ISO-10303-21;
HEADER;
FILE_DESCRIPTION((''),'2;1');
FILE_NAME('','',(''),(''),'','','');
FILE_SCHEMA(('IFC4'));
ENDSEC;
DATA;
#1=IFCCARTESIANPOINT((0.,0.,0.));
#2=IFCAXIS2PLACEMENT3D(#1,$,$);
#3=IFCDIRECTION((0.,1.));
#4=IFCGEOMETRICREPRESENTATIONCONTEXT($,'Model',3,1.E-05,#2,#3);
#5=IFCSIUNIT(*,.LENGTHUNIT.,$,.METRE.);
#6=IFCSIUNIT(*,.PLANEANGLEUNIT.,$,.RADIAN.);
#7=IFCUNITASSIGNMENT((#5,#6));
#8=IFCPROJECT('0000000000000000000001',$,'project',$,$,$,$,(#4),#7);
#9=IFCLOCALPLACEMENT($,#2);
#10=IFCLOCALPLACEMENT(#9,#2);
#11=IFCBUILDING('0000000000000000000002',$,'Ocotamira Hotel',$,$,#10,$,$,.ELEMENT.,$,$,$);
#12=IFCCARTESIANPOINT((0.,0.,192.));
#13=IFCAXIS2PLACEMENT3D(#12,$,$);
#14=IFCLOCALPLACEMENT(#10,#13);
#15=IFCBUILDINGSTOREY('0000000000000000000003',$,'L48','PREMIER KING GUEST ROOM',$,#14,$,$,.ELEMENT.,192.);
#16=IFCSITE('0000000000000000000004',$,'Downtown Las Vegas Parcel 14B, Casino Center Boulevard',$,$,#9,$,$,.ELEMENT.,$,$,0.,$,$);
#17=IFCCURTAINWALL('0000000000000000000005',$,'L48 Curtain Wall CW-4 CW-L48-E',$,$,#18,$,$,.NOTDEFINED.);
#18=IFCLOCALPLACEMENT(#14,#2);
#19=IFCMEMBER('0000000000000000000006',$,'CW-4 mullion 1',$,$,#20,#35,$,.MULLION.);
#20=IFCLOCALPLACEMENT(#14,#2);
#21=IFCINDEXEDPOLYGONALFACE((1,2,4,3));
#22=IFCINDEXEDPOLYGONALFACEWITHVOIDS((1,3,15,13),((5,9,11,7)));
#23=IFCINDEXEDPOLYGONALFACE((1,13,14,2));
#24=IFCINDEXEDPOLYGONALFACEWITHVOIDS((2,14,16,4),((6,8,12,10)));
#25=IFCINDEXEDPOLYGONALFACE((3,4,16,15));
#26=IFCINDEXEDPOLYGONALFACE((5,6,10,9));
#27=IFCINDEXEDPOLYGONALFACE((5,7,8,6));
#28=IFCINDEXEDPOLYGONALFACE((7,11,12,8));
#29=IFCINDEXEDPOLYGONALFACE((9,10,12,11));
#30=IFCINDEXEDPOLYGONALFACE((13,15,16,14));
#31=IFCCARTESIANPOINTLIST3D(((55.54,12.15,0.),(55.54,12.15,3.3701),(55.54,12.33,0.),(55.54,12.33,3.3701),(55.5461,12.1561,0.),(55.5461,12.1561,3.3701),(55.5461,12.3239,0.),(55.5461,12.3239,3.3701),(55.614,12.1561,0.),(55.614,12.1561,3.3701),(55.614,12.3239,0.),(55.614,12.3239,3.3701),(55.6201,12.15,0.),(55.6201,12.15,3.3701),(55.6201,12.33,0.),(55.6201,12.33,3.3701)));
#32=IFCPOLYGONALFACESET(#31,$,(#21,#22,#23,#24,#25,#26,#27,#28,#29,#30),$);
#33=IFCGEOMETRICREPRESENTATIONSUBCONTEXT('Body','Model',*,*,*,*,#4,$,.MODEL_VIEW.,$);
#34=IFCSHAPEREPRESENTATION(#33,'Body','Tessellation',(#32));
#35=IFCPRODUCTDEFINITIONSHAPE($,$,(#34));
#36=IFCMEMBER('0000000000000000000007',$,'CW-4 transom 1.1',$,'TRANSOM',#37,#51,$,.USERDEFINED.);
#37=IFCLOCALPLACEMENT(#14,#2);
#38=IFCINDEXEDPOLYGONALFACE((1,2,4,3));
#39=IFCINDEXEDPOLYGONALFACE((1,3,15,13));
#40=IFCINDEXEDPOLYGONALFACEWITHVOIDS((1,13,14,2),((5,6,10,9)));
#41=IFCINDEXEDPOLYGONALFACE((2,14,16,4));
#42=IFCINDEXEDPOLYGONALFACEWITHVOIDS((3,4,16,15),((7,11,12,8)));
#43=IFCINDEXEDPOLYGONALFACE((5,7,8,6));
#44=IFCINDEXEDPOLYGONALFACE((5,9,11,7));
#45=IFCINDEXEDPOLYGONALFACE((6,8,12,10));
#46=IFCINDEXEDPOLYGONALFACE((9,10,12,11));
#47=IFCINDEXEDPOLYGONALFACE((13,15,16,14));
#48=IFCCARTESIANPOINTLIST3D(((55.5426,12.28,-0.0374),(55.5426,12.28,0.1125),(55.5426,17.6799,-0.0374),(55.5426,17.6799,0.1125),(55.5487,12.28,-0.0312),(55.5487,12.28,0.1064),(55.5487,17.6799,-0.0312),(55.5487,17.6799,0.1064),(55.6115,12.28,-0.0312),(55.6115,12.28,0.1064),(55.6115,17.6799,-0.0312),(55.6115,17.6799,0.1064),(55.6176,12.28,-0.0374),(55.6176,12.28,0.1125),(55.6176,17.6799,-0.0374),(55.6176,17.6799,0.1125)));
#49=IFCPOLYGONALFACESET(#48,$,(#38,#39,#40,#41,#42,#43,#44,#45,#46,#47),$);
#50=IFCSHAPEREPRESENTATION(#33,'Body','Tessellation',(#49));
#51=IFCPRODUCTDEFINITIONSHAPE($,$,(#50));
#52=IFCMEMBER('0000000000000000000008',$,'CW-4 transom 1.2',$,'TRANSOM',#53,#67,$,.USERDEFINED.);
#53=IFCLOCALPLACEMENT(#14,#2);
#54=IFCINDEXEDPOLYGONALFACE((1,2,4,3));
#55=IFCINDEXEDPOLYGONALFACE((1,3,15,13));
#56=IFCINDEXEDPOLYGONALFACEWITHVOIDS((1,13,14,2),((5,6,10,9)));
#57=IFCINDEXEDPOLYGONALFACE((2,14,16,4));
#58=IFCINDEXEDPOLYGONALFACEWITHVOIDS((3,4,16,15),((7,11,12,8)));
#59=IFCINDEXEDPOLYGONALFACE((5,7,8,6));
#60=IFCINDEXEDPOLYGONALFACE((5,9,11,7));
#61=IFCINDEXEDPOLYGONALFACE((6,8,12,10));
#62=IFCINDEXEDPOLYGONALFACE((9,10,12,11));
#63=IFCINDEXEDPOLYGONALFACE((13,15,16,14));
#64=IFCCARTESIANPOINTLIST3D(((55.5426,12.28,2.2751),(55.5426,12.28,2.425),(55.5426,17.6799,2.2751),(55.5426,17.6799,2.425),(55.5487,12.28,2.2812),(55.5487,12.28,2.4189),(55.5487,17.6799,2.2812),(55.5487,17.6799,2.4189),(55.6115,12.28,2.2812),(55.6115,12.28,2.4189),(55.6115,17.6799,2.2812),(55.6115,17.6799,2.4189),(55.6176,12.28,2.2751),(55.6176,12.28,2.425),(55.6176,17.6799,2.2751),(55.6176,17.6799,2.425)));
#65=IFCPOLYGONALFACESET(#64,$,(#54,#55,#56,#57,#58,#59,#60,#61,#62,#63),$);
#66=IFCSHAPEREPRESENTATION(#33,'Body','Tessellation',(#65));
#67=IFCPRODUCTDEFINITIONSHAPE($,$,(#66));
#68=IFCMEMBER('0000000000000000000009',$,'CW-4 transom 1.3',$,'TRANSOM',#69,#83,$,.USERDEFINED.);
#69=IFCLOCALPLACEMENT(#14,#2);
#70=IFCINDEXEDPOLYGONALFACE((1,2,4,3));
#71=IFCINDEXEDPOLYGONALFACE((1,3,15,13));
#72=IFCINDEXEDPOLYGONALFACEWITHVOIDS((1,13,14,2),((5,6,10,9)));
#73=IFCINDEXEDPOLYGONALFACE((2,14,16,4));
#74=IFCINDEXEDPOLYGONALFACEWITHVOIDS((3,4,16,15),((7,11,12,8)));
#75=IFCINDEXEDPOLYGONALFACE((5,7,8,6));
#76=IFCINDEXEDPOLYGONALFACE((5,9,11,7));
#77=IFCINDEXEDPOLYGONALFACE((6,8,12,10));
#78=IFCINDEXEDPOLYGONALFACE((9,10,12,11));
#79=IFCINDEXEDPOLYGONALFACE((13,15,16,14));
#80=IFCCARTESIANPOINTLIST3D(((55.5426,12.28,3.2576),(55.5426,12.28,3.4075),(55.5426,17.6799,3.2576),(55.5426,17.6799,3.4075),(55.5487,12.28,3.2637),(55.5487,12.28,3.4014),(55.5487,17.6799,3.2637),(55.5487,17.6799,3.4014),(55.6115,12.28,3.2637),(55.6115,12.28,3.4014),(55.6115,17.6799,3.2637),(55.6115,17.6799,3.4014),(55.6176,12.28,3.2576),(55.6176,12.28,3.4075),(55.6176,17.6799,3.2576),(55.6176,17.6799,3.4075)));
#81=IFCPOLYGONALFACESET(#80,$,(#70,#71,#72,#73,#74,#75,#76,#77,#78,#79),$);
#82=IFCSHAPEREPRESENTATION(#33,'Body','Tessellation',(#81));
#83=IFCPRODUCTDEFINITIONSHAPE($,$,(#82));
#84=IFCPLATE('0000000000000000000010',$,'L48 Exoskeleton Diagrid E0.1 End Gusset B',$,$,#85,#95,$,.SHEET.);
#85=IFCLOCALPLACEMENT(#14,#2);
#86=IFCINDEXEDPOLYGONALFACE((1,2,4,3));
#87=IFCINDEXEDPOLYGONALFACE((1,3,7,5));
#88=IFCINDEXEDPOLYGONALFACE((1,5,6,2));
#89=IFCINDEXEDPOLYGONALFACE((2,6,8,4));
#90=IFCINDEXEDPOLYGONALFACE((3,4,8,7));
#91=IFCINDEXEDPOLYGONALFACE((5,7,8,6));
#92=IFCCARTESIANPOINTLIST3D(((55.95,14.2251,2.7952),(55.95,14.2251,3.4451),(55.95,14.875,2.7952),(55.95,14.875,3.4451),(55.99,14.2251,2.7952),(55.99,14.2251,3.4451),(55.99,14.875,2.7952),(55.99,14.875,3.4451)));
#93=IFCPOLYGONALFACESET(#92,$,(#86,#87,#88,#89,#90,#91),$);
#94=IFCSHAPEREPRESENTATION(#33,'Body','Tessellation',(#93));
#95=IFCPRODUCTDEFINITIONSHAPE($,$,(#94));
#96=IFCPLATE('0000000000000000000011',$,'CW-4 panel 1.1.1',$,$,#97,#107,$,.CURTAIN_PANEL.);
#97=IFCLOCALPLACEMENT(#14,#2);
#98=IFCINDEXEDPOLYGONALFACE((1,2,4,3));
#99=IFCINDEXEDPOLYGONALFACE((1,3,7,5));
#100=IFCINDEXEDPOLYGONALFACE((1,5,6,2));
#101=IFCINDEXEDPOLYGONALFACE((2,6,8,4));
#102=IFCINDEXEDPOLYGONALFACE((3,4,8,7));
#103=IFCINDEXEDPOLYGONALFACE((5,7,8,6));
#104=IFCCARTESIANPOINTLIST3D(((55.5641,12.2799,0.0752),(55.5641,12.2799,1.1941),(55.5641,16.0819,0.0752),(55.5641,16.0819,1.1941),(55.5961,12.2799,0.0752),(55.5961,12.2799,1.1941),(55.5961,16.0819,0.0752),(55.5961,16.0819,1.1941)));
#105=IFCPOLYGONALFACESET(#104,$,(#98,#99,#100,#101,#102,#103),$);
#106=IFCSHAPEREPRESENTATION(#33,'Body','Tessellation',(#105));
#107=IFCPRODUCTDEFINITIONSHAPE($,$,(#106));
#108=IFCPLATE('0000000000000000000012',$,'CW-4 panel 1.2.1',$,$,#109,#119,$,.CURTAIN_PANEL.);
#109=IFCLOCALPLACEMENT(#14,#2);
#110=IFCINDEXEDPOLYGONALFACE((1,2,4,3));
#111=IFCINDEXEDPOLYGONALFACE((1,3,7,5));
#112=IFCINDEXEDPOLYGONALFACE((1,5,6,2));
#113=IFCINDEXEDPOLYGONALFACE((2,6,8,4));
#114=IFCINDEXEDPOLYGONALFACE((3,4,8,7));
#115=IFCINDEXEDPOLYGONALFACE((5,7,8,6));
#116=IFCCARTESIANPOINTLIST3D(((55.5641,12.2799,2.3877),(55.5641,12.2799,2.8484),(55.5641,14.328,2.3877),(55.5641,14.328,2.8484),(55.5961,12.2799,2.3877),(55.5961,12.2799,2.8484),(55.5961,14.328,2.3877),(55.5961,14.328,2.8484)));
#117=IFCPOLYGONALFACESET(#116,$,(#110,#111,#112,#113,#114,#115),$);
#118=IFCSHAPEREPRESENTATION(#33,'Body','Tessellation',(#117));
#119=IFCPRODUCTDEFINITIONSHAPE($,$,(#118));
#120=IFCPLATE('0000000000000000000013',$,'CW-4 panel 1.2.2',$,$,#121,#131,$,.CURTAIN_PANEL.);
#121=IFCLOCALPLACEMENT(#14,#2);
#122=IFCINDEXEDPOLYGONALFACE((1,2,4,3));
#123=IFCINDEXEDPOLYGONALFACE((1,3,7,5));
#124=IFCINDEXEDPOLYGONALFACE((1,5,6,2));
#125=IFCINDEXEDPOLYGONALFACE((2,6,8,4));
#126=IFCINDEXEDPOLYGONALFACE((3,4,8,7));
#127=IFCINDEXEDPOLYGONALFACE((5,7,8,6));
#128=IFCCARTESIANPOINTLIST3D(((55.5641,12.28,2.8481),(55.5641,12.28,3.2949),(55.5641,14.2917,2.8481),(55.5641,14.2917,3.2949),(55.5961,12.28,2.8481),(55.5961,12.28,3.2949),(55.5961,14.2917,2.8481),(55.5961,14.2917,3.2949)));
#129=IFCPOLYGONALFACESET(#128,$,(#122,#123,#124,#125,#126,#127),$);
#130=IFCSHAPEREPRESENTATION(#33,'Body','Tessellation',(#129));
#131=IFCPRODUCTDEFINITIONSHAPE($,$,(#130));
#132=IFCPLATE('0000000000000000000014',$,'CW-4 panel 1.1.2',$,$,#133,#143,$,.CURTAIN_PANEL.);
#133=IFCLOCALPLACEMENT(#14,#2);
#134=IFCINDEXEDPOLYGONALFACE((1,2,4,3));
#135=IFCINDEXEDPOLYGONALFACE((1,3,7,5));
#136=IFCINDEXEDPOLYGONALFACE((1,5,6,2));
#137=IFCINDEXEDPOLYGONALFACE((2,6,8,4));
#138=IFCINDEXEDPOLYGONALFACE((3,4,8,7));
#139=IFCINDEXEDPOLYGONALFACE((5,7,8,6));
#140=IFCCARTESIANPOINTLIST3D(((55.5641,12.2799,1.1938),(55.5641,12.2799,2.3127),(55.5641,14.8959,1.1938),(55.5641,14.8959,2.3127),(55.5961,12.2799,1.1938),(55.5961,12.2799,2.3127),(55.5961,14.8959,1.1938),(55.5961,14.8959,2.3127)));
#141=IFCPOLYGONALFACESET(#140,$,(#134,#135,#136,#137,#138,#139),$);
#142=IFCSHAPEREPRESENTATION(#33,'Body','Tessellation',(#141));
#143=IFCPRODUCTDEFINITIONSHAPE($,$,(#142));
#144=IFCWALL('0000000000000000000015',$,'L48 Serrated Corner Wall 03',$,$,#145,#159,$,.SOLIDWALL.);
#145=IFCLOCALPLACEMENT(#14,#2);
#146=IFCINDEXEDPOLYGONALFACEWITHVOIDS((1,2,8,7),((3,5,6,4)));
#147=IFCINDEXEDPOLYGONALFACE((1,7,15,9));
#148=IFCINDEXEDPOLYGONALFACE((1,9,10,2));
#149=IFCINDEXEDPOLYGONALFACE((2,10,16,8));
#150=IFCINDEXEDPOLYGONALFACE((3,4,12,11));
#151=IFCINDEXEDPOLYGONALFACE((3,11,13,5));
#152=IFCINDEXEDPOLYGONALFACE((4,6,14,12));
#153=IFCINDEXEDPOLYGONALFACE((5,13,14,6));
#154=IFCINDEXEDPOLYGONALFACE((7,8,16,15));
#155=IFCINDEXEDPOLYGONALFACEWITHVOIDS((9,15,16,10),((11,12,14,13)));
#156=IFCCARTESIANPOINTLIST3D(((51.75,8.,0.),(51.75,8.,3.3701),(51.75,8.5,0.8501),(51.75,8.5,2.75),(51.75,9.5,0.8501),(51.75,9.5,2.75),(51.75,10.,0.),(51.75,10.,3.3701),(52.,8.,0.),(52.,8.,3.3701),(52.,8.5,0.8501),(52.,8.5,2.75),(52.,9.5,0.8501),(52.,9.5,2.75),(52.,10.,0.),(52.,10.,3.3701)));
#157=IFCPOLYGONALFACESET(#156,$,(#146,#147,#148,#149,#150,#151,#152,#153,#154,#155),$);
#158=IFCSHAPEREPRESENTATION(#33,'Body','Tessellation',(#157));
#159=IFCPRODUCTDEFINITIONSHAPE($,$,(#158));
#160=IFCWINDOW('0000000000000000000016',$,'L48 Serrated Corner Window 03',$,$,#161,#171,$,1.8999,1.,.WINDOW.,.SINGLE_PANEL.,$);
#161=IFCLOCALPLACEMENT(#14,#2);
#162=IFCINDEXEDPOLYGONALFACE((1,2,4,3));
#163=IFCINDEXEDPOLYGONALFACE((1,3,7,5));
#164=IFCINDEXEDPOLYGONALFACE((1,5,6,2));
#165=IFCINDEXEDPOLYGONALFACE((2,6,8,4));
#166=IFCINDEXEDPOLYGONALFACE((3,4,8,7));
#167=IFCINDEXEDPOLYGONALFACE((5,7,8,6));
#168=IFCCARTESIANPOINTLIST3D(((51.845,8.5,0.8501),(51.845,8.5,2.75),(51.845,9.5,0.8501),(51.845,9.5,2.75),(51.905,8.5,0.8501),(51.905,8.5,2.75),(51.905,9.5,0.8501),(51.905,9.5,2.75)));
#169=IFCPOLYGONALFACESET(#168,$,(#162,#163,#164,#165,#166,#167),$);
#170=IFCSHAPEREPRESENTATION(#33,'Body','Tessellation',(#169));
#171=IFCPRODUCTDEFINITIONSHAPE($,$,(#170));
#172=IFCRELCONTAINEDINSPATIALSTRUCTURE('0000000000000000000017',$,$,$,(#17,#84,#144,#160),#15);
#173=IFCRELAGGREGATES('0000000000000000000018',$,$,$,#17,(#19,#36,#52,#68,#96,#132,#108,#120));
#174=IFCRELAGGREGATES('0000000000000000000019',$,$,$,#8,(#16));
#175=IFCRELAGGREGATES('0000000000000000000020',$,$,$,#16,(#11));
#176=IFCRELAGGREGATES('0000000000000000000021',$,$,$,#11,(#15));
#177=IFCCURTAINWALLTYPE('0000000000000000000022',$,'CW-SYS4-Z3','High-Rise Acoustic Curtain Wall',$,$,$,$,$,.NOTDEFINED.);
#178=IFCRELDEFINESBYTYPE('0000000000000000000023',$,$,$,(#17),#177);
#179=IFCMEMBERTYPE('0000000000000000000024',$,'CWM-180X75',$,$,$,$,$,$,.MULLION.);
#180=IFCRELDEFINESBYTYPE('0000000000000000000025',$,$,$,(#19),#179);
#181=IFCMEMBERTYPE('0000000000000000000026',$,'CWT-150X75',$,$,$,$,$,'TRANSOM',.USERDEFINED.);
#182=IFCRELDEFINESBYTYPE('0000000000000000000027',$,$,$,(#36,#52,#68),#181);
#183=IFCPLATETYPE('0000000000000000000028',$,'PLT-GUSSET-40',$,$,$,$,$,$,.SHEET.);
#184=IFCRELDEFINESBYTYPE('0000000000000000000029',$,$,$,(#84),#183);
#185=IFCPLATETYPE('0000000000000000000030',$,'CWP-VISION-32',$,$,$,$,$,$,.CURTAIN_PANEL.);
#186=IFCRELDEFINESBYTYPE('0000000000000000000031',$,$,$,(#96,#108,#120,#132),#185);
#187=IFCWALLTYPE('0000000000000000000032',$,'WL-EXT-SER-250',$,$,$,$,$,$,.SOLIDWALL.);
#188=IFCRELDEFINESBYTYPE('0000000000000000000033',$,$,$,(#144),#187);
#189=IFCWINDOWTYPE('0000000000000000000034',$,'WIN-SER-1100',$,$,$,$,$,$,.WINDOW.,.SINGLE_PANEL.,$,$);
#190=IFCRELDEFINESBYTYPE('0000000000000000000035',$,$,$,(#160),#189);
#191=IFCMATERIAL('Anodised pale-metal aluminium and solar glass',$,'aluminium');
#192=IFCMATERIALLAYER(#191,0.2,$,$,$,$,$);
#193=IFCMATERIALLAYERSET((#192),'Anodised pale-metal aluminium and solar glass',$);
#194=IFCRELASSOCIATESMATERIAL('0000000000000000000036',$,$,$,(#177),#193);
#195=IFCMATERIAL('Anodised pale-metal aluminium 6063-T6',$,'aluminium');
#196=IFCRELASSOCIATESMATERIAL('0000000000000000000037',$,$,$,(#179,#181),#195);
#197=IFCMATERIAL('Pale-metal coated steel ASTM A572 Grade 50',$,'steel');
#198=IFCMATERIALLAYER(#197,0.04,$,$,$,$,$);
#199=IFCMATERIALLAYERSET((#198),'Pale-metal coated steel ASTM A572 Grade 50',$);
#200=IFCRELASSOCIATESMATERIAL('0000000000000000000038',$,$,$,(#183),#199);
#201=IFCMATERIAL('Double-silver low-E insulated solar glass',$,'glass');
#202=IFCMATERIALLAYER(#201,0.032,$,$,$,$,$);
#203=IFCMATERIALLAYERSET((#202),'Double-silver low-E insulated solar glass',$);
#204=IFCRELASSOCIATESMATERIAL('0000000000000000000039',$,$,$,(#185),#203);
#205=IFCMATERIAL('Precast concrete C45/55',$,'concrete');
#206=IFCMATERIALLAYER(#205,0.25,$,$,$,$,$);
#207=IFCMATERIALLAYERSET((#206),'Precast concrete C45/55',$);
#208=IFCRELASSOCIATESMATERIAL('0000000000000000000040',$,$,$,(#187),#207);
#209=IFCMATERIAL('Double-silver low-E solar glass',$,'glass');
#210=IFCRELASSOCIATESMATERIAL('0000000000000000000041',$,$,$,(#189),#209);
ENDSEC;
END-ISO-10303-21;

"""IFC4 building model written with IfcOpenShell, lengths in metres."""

from ifc_helpers import new_model, si_unit, direction, frame, frame_2d, origin, origin_2d, place, context, subcontext, project, spatial, rectangle, hollow_rectangle, extrude, source, transform, mapped, material, layer, layer_set, material_profile, profile_set, type_object, element, fill, aggregate, save


model = new_model("IFC4")

# Units and contexts
model_context = context("Model", 3, precision=1e-05, world=origin(), true_north=direction((0.0, 1.0)))
body_context = subcontext(model_context, "Body", "Model", "MODEL_VIEW")
ifc_project = project(units=[si_unit("LENGTHUNIT", "METRE"), si_unit("PLANEANGLEUNIT", "RADIAN")], contexts=[model_context])

# Site, building, storey
site_placement = place(None, origin())
site = spatial("IfcSite", under=ifc_project, at=site_placement, Name="Downtown Las Vegas Parcel 14B, Casino Center Boulevard", CompositionType="ELEMENT", RefElevation=0.0)
building_placement = place(site_placement, origin())
building = spatial("IfcBuilding", under=site, at=building_placement, Name="Ocotamira Hotel", CompositionType="ELEMENT")
storey_placement = place(building_placement, frame((0.0, 0.0, 192.0)))
storey = spatial("IfcBuildingStorey", under=building, at=storey_placement, Name="L48", Description="PREMIER KING GUEST ROOM", CompositionType="ELEMENT", Elevation=192.0)

# Curtain wall, members
ifc_material_1 = material(Name="Anodised pale-metal aluminium and solar glass", Category="aluminium")
ifc_layer_1 = layer(ifc_material_1, 0.2)
ifc_layer_set_1 = layer_set([ifc_layer_1], Name="Anodised pale-metal aluminium and solar glass")
curtain_wall_type = type_object("IfcCurtainWallType", Name="CW-SYS4-Z3", Description="High-Rise Acoustic Curtain Wall", PredefinedType="NOTDEFINED", material=ifc_layer_set_1)
curtain_wall_placement = place(storey_placement, origin())
curtain_wall = element("IfcCurtainWall", 1, at=curtain_wall_placement, inside=storey, type_object=curtain_wall_type, Name="L48 Curtain Wall CW-4 CW-L48-E", PredefinedType="NOTDEFINED")
ifc_material_2 = material(Name="Anodised pale-metal aluminium 6063-T6", Category="aluminium")
ifc_material_profile_1 = material_profile(ifc_material_2, hollow_rectangle(XDim=0.0801, YDim=0.1799, WallThickness=0.0061, at=origin_2d()), Name="HSS180X80X6")
ifc_profile_set_1 = profile_set([ifc_material_profile_1], Name="Anodised pale-metal aluminium 6063-T6")
member_type_1 = type_object("IfcMemberType", Name="CWM-180X75", PredefinedType="MULLION", material=ifc_profile_set_1)
shared_shape_1 = source(origin(), body_context, "Body", "SweptSolid", [
    extrude(hollow_rectangle(XDim=0.0801, YDim=0.1799, WallThickness=0.0061, at=origin_2d()), origin(), (0.0, 0.0, 1.0), 3.3701),
])
member_1_placement = place(storey_placement, frame((55.5801, 12.24, 0.0), z_axis=(0.0, 0.0, 1.0), x_axis=(-1.0, 0.0, 0.0)))
member_1 = element("IfcMember", 2, at=member_1_placement, type_object=member_type_1, Name="CW-4 mullion 1", PredefinedType="MULLION", context=body_context, shape_type="MappedRepresentation", body=[
    mapped(shared_shape_1, transform((0.0, 0.0, 0.0), scale=1.0)),
])
ifc_material_profile_2 = material_profile(ifc_material_2, hollow_rectangle(XDim=0.075, YDim=0.1499, WallThickness=0.0061, at=origin_2d()), Name="HSS150X75X6")
ifc_profile_set_2 = profile_set([ifc_material_profile_2], Name="Anodised pale-metal aluminium 6063-T6")
member_type_2 = type_object("IfcMemberType", Name="CWT-150X75", ElementType="TRANSOM", PredefinedType="USERDEFINED", material=ifc_profile_set_2)
shared_shape_2 = source(origin(), body_context, "Body", "SweptSolid", [
    extrude(hollow_rectangle(XDim=0.075, YDim=0.1499, WallThickness=0.0061, at=origin_2d()), origin(), (0.0, 0.0, 1.0), 5.3999),
])
member_2_placement = place(storey_placement, frame((55.5801, 12.28, 0.0376), z_axis=(0.0, 1.0, 0.0), x_axis=(-1.0, 0.0, 0.0)))
member_2 = element("IfcMember", 3, at=member_2_placement, type_object=member_type_2, Name="CW-4 transom 1.1", ObjectType="TRANSOM", PredefinedType="USERDEFINED", context=body_context, shape_type="MappedRepresentation", body=[
    mapped(shared_shape_2, transform((0.0, 0.0, 0.0), scale=1.0)),
])
member_3_placement = place(storey_placement, frame((55.5801, 12.28, 2.3501), z_axis=(0.0, 1.0, 0.0), x_axis=(-1.0, 0.0, 0.0)))
member_3 = element("IfcMember", 4, at=member_3_placement, type_object=member_type_2, Name="CW-4 transom 1.2", ObjectType="TRANSOM", PredefinedType="USERDEFINED", context=body_context, shape_type="MappedRepresentation", body=[
    mapped(shared_shape_2, transform((0.0, 0.0, 0.0), scale=1.0)),
])
member_4_placement = place(storey_placement, frame((55.5801, 12.28, 3.3325), z_axis=(0.0, 1.0, 0.0), x_axis=(-1.0, 0.0, 0.0)))
member_4 = element("IfcMember", 5, at=member_4_placement, type_object=member_type_2, Name="CW-4 transom 1.3", ObjectType="TRANSOM", PredefinedType="USERDEFINED", context=body_context, shape_type="MappedRepresentation", body=[
    mapped(shared_shape_2, transform((0.0, 0.0, 0.0), scale=1.0)),
])

# Plates
ifc_material_3 = material(Name="Pale-metal coated steel ASTM A572 Grade 50", Category="steel")
ifc_layer_2 = layer(ifc_material_3, 0.04)
ifc_layer_set_2 = layer_set([ifc_layer_2], Name="Pale-metal coated steel ASTM A572 Grade 50")
plate_type_1 = type_object("IfcPlateType", Name="PLT-GUSSET-40", PredefinedType="SHEET", material=ifc_layer_set_2)
shared_shape_3 = source(origin(), body_context, "Body", "SweptSolid", [
    extrude(rectangle(XDim=0.04, YDim=0.6499, at=origin_2d()), origin(), (0.0, 0.0, 1.0), 0.6499),
])
plate_1_placement = place(storey_placement, frame((55.97, 14.55, 2.7952), z_axis=(0.0, 0.0, 1.0), x_axis=(1.0, 0.0, 0.0)))
element("IfcPlate", 6, at=plate_1_placement, inside=storey, type_object=plate_type_1, Name="L48 Exoskeleton Diagrid E0.1 End Gusset B", PredefinedType="SHEET", context=body_context, shape_type="MappedRepresentation", body=[
    mapped(shared_shape_3, transform((0.0, 0.0, 0.0), scale=1.0)),
])
ifc_material_4 = material(Name="Double-silver low-E insulated solar glass", Category="glass")
ifc_layer_3 = layer(ifc_material_4, 0.032)
ifc_layer_set_3 = layer_set([ifc_layer_3], Name="Double-silver low-E insulated solar glass")
plate_type_2 = type_object("IfcPlateType", Name="CWP-VISION-32", PredefinedType="CURTAIN_PANEL", material=ifc_layer_set_3)
shared_shape_4 = source(origin(), body_context, "Body", "SweptSolid", [
    extrude(rectangle(XDim=3.802, YDim=0.032, at=origin_2d()), origin(), (0.0, 0.0, 1.0), 1.1189),
])
plate_2_placement = place(storey_placement, frame((55.5801, 14.1809, 0.0752), z_axis=(0.0, 0.0, 1.0), x_axis=(0.0, 1.0, 0.0)))
plate_2 = element("IfcPlate", 7, at=plate_2_placement, type_object=plate_type_2, Name="CW-4 panel 1.1.1", PredefinedType="CURTAIN_PANEL", context=body_context, shape_type="MappedRepresentation", body=[
    mapped(shared_shape_4, transform((0.0, 0.0, 0.0), scale=1.0)),
])
shared_shape_5 = source(origin(), body_context, "Body", "SweptSolid", [
    extrude(rectangle(XDim=2.0481, YDim=0.032, at=origin_2d()), origin(), (0.0, 0.0, 1.0), 0.4607),
])
plate_3_placement = place(storey_placement, frame((55.5801, 13.304, 2.3877), z_axis=(0.0, 0.0, 1.0), x_axis=(0.0, 1.0, 0.0)))
plate_3 = element("IfcPlate", 8, at=plate_3_placement, type_object=plate_type_2, Name="CW-4 panel 1.2.1", PredefinedType="CURTAIN_PANEL", context=body_context, shape_type="MappedRepresentation", body=[
    mapped(shared_shape_5, transform((0.0, 0.0, 0.0), scale=1.0)),
])
shared_shape_6 = source(origin(), body_context, "Body", "SweptSolid", [
    extrude(rectangle(XDim=2.0117, YDim=0.032, at=origin_2d()), origin(), (0.0, 0.0, 1.0), 0.4468),
])
plate_4_placement = place(storey_placement, frame((55.5801, 13.2859, 2.8481), z_axis=(0.0, 0.0, 1.0), x_axis=(0.0, 1.0, 0.0)))
plate_4 = element("IfcPlate", 9, at=plate_4_placement, type_object=plate_type_2, Name="CW-4 panel 1.2.2", PredefinedType="CURTAIN_PANEL", context=body_context, shape_type="MappedRepresentation", body=[
    mapped(shared_shape_6, transform((0.0, 0.0, 0.0), scale=1.0)),
])
shared_shape_7 = source(origin(), body_context, "Body", "SweptSolid", [
    extrude(rectangle(XDim=2.616, YDim=0.032, at=origin_2d()), origin(), (0.0, 0.0, 1.0), 1.1189),
])
plate_5_placement = place(storey_placement, frame((55.5801, 13.5879, 1.1938), z_axis=(0.0, 0.0, 1.0), x_axis=(0.0, 1.0, 0.0)))
plate_5 = element("IfcPlate", 10, at=plate_5_placement, type_object=plate_type_2, Name="CW-4 panel 1.1.2", PredefinedType="CURTAIN_PANEL", context=body_context, shape_type="MappedRepresentation", body=[
    mapped(shared_shape_7, transform((0.0, 0.0, 0.0), scale=1.0)),
])
aggregate(curtain_wall, [member_1, member_2, member_3, member_4, plate_2, plate_5, plate_3, plate_4])

# Wall, opening, window
ifc_material_5 = material(Name="Precast concrete C45/55", Category="concrete")
ifc_layer_4 = layer(ifc_material_5, 0.25)
ifc_layer_set_4 = layer_set([ifc_layer_4], Name="Precast concrete C45/55")
wall_type = type_object("IfcWallType", Name="WL-EXT-SER-250", PredefinedType="SOLIDWALL", material=ifc_layer_set_4)
wall_1_placement = place(storey_placement, frame((51.875, 8.0, 0.0), z_axis=(0.0, 0.0, 1.0), x_axis=(0.0, 1.0, 0.0)))
wall_1 = element("IfcWall", 11, at=wall_1_placement, inside=storey, type_object=wall_type, Name="L48 Serrated Corner Wall 03", PredefinedType="SOLIDWALL", context=body_context, shape_type="SweptSolid", body=[
    extrude(rectangle(XDim=2.0, YDim=0.25, at=frame_2d((1.0, 0.0))), origin(), (0.0, 0.0, 1.0), 3.3701),
])
opening_placement = place(wall_1_placement, frame((0.5, 0.0, 0.8501)))
opening = element("IfcOpeningElement", 12, at=opening_placement, cuts=wall_1, PredefinedType="OPENING", context=body_context, shape_type="SweptSolid", body=[
    extrude(rectangle(XDim=1.0, YDim=1.8999, at=frame_2d((0.5, 0.95))), frame((0.0, 0.135, 0.0), z_axis=(0.0, -1.0, 0.0), x_axis=(1.0, 0.0, 0.0)), (0.0, 0.0, 1.0), 0.27),
])
ifc_material_6 = material(Name="Double-silver low-E solar glass", Category="glass")
window_type = type_object("IfcWindowType", Name="WIN-SER-1100", PartitioningType="SINGLE_PANEL", PredefinedType="WINDOW", material=ifc_material_6)
shared_shape_8 = source(origin(), body_context, "Body", "SweptSolid", [
    extrude(rectangle(XDim=1.0, YDim=1.8999, at=frame_2d((0.5, 0.95))), frame((0.0, 0.03, 0.0), z_axis=(0.0, -1.0, 0.0), x_axis=(1.0, 0.0, 0.0)), (0.0, 0.0, 1.0), 0.0601),
])
window_placement = place(opening_placement, origin())
window = element("IfcWindow", 13, at=window_placement, inside=storey, type_object=window_type, Name="L48 Serrated Corner Window 03", OverallHeight=1.8999, OverallWidth=1.0, PartitioningType="SINGLE_PANEL", PredefinedType="WINDOW", context=body_context, shape_type="MappedRepresentation", body=[
    mapped(shared_shape_8, transform((0.0, 0.0, 0.0), scale=1.0)),
])
fill(opening, window)

save(model, "model.ifc")
